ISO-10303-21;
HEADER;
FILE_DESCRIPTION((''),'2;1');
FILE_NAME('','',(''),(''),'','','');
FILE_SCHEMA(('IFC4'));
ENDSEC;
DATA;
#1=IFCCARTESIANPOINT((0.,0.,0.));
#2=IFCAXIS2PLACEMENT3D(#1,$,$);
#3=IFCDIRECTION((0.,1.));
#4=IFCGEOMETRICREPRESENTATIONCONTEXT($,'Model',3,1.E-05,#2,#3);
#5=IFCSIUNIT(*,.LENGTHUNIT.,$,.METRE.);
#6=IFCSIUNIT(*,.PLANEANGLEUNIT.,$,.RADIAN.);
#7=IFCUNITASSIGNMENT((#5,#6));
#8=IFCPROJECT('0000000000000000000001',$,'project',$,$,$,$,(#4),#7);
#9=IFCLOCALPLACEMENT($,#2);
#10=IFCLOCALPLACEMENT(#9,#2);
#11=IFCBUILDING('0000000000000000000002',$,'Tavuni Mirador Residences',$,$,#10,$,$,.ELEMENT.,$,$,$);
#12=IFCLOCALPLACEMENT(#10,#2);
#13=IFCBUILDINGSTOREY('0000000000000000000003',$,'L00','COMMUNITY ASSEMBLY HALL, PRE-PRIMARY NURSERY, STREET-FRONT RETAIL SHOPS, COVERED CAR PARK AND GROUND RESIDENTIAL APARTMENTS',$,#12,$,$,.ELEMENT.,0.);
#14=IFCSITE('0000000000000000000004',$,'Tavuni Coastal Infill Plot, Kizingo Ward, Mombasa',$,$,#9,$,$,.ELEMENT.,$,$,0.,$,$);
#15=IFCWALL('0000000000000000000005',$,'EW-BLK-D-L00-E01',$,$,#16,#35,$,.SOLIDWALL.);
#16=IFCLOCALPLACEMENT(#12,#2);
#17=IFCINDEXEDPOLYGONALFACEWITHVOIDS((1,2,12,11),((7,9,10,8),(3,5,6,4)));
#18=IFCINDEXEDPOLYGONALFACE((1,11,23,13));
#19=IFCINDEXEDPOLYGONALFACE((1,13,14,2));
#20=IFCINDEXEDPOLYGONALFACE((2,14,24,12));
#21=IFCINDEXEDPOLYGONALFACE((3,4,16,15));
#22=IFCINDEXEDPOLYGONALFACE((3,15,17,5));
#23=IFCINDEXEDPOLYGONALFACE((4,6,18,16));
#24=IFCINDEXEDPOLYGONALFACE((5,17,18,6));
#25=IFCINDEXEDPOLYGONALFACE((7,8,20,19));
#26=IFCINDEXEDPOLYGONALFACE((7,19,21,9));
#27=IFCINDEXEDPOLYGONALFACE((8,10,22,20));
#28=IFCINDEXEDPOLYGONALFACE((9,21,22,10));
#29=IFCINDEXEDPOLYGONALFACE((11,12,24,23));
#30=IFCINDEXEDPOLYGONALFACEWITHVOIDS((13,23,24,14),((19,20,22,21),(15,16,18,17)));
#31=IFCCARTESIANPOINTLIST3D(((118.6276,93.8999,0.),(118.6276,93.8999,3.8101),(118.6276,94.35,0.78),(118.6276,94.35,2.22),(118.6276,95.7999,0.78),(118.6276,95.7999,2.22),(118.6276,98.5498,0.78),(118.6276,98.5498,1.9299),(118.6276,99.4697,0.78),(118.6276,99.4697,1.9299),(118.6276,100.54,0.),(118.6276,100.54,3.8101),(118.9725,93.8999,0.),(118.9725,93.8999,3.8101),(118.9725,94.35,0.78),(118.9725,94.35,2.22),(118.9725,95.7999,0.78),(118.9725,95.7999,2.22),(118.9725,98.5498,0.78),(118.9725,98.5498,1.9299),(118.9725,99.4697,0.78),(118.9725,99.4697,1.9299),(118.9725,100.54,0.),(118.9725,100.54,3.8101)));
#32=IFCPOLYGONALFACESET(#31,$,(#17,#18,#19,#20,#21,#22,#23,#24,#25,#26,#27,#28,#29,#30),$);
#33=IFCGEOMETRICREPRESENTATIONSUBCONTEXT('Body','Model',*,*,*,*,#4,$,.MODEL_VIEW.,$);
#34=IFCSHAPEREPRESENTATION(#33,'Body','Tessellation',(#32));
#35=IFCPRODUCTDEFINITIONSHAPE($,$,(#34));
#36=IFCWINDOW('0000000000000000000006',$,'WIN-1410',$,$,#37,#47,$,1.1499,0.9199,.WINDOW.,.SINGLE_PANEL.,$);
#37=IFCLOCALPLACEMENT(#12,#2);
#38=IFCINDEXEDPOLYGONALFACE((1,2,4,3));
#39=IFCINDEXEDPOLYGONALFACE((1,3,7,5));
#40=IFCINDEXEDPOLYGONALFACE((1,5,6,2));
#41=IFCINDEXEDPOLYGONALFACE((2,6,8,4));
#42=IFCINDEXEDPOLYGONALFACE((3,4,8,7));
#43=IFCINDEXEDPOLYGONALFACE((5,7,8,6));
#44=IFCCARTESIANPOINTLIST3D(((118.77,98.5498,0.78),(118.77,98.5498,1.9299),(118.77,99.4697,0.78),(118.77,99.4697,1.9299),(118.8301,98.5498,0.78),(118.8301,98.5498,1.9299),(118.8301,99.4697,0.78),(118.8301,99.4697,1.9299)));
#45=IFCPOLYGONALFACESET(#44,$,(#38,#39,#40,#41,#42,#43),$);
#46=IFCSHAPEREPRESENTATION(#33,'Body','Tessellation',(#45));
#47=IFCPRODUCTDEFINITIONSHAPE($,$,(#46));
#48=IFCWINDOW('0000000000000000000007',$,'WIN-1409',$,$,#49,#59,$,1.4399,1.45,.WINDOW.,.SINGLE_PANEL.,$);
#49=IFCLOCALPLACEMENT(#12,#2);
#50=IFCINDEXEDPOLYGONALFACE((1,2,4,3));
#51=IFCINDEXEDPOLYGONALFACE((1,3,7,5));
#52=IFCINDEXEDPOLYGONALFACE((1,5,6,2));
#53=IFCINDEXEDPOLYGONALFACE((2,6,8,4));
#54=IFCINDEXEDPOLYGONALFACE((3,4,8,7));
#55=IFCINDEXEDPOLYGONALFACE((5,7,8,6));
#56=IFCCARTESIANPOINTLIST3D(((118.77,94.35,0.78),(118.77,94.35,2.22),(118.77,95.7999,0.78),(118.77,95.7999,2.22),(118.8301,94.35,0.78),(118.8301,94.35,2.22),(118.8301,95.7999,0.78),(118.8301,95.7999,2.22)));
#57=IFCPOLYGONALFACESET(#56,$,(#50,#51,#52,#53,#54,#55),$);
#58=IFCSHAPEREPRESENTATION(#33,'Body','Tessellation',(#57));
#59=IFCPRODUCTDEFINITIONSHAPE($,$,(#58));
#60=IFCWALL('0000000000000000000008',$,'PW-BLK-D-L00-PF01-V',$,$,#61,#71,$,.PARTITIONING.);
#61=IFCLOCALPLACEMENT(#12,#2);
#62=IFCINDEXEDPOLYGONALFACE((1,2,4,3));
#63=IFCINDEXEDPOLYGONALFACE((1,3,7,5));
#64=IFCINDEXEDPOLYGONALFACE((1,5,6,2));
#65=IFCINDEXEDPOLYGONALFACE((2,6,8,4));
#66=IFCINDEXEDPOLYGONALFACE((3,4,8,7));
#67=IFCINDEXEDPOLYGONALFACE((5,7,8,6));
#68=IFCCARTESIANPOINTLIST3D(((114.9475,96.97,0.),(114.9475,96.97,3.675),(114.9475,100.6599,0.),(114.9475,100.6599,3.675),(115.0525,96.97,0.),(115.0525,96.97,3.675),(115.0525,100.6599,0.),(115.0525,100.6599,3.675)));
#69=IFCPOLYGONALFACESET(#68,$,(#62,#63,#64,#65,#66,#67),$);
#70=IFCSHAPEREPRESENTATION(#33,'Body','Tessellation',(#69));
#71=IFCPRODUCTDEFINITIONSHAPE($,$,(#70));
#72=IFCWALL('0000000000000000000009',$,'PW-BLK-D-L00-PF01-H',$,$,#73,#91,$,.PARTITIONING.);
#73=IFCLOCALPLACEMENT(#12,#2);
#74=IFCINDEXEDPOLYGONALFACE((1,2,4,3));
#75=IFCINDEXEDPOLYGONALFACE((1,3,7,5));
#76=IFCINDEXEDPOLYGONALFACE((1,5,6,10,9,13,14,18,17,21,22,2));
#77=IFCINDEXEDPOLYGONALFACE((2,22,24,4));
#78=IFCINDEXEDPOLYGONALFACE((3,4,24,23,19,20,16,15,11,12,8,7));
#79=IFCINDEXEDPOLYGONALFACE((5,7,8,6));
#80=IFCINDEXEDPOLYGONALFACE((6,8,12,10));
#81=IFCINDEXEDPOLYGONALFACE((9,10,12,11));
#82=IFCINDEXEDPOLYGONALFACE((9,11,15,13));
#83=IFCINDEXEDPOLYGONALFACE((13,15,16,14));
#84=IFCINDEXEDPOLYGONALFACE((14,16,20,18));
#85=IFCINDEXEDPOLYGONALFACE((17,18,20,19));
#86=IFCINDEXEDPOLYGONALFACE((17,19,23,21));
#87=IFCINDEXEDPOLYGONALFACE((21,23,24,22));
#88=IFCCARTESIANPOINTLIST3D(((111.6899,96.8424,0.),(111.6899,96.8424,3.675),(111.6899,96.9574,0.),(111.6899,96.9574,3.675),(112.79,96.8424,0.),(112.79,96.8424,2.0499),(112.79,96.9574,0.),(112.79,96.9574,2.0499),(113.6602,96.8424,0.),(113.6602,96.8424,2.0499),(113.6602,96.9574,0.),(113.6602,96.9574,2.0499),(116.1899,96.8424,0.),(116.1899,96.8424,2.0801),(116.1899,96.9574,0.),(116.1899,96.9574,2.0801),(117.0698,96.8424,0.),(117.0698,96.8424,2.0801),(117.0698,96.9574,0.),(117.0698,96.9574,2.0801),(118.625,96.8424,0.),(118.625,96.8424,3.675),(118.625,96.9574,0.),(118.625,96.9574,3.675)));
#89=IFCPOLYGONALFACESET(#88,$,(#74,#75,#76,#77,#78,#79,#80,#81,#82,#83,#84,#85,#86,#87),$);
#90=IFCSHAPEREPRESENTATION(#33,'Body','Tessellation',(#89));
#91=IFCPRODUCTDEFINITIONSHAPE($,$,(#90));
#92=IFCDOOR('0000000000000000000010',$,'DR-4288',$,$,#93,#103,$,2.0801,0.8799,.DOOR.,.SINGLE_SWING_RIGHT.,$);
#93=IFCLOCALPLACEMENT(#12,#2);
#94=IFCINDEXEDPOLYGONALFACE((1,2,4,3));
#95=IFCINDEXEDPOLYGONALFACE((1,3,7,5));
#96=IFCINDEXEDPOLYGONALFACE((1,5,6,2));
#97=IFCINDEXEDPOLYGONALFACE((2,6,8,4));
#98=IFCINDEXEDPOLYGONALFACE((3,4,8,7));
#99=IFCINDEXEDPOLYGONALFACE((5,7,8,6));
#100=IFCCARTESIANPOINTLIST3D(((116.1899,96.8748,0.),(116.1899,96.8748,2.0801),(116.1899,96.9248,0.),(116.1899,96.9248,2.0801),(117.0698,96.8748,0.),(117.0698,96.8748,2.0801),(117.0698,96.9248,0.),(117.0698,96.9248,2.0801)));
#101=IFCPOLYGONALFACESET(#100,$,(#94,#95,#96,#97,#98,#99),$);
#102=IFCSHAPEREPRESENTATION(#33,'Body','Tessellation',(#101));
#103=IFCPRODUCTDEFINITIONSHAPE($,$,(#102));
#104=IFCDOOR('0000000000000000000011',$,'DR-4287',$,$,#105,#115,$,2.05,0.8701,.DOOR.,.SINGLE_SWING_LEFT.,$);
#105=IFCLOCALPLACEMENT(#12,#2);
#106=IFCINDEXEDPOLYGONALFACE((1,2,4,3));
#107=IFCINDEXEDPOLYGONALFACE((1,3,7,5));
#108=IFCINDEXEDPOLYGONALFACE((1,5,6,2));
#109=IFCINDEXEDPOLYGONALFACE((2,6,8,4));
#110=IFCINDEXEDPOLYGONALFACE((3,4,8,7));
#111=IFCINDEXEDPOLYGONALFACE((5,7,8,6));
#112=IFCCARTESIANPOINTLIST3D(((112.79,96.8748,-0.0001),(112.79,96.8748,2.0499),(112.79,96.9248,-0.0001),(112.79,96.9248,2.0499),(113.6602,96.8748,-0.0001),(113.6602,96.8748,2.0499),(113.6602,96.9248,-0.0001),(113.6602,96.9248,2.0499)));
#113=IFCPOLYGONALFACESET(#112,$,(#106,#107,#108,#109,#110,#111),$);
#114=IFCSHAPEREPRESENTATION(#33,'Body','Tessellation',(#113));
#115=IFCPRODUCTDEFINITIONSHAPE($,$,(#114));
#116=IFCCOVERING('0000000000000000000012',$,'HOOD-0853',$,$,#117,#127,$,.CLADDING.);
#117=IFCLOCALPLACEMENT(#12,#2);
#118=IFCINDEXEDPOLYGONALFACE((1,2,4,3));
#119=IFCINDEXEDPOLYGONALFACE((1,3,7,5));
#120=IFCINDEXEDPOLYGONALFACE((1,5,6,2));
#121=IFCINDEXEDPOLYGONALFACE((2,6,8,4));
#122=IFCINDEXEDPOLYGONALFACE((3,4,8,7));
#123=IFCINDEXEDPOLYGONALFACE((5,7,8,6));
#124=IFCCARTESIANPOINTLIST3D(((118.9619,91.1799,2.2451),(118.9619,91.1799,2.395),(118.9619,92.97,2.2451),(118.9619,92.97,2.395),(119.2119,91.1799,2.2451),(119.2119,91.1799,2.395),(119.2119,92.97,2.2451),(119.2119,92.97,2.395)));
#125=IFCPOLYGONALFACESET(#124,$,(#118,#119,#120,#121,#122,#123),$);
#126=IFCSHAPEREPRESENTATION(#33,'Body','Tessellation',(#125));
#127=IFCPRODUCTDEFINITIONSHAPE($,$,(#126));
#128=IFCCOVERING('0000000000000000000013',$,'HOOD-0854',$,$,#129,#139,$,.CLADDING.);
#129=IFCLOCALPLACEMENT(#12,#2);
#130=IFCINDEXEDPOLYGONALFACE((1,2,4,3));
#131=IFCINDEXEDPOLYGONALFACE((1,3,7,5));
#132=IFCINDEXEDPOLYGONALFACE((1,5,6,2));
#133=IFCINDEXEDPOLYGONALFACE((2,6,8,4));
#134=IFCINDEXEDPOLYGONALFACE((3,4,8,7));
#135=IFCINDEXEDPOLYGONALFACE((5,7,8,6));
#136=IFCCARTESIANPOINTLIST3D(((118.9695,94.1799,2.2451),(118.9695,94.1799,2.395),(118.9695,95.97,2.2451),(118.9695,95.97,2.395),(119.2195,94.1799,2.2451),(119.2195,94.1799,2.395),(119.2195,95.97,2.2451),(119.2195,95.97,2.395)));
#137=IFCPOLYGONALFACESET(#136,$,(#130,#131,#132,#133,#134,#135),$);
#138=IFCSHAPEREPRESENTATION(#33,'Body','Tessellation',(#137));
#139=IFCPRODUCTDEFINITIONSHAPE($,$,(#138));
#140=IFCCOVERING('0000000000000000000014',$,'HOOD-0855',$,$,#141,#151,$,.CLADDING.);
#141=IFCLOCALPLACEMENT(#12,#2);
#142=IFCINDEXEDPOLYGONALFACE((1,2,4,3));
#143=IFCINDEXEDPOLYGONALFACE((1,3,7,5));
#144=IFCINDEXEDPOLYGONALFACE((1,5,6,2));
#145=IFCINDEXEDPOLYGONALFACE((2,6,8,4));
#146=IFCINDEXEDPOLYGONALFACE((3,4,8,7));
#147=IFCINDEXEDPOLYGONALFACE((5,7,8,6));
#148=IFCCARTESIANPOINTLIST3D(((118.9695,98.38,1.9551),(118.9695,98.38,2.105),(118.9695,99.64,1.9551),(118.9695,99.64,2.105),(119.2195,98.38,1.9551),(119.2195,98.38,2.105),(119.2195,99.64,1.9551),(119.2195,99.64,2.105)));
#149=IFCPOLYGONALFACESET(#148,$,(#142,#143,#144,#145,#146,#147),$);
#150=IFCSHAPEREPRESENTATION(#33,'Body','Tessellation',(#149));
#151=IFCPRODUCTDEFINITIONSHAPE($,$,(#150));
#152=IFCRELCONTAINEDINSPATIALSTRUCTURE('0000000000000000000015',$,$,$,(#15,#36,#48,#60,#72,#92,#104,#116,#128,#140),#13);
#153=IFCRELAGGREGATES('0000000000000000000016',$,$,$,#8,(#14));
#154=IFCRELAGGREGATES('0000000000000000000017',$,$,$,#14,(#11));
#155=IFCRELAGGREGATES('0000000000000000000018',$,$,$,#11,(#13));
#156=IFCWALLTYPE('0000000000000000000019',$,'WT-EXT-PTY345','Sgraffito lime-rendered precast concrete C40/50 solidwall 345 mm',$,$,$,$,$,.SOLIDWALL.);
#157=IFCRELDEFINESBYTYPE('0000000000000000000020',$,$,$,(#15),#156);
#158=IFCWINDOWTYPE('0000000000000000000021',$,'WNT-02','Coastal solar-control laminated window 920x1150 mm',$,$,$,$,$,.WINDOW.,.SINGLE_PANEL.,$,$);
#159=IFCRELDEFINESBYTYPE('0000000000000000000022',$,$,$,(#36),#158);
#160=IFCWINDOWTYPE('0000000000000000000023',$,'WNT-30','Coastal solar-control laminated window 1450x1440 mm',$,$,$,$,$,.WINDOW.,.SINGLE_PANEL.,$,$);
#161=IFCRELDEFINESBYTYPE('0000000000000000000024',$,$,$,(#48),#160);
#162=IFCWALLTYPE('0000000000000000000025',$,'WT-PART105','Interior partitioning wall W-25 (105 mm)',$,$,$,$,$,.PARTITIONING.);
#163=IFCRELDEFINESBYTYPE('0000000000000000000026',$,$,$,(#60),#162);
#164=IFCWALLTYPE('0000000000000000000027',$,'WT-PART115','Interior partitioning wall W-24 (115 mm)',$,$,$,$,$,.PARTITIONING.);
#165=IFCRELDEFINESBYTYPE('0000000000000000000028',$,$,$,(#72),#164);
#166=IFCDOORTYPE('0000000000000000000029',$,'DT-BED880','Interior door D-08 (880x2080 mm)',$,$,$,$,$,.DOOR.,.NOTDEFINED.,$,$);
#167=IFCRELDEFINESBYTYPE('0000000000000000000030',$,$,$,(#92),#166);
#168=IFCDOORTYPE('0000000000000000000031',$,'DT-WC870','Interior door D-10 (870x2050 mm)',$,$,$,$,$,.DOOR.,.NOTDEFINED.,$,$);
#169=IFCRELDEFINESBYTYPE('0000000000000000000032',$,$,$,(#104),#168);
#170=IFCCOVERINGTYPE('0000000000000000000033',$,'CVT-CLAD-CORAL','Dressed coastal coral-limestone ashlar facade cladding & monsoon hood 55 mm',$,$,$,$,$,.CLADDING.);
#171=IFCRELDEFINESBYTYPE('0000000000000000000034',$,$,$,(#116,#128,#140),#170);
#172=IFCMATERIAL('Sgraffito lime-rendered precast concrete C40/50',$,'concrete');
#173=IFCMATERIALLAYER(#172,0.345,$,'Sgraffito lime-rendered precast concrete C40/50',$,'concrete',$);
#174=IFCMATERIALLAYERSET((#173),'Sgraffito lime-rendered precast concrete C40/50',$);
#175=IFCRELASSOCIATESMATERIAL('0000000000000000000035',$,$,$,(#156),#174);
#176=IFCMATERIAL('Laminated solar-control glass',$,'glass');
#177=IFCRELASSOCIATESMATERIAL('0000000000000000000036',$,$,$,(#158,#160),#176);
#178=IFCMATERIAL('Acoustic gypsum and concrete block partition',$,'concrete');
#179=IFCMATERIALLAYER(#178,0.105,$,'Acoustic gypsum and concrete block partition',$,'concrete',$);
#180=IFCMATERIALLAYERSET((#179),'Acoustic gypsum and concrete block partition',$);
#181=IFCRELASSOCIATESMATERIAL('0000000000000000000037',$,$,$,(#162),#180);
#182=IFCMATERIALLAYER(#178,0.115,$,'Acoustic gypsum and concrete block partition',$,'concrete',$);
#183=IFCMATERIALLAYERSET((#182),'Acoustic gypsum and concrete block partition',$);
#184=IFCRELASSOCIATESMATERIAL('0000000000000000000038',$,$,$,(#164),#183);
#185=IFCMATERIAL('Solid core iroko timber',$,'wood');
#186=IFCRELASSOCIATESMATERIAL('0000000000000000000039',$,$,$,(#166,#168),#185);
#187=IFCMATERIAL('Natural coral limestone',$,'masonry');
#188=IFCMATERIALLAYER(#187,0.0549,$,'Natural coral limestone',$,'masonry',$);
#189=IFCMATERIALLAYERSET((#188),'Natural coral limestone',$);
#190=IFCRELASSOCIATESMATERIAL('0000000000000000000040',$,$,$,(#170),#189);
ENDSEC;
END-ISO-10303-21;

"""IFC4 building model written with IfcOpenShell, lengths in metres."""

from ifc_helpers import new_model, si_unit, direction, frame, frame_2d, origin, origin_2d, place, context, subcontext, project, spatial, rectangle, extrude, material, layer, layer_set, type_object, element, fill, save


model = new_model("IFC4")

# Units and contexts
model_context = context("Model", 3, precision=1e-05, world=origin(), true_north=direction((0.0, 1.0)))
body_context = subcontext(model_context, "Body", "Model", "MODEL_VIEW")
ifc_project = project(units=[si_unit("LENGTHUNIT", "METRE"), si_unit("PLANEANGLEUNIT", "RADIAN")], contexts=[model_context])

# Site, building, storey
site_placement = place(None, origin())
site = spatial("IfcSite", under=ifc_project, at=site_placement, Name="Tavuni Coastal Infill Plot, Kizingo Ward, Mombasa", CompositionType="ELEMENT", RefElevation=0.0)
building_placement = place(site_placement, origin())
building = spatial("IfcBuilding", under=site, at=building_placement, Name="Tavuni Mirador Residences", CompositionType="ELEMENT")
storey_placement = place(building_placement, origin())
storey = spatial("IfcBuildingStorey", under=building, at=storey_placement, Name="L00", Description="COMMUNITY ASSEMBLY HALL, PRE-PRIMARY NURSERY, STREET-FRONT RETAIL SHOPS, COVERED CAR PARK AND GROUND RESIDENTIAL APARTMENTS", CompositionType="ELEMENT", Elevation=0.0)

# Wall, openings, windows
ifc_material_1 = material(Name="Sgraffito lime-rendered precast concrete C40/50", Category="concrete")
ifc_layer_1 = layer(ifc_material_1, 0.345, Name="Sgraffito lime-rendered precast concrete C40/50", Category="concrete")
ifc_layer_set_1 = layer_set([ifc_layer_1], Name="Sgraffito lime-rendered precast concrete C40/50")
wall_type_1 = type_object("IfcWallType", Name="WT-EXT-PTY345", Description="Sgraffito lime-rendered precast concrete C40/50 solidwall 345 mm", PredefinedType="SOLIDWALL", material=ifc_layer_set_1)
wall_1_placement = place(storey_placement, frame((118.8, 93.8999, 0.0), z_axis=(0.0, 0.0, 1.0), x_axis=(0.0, 1.0, 0.0)))
wall_1 = element("IfcWall", 1, at=wall_1_placement, inside=storey, type_object=wall_type_1, Name="EW-BLK-D-L00-E01", PredefinedType="SOLIDWALL", context=body_context, shape_type="SweptSolid", body=[
    extrude(rectangle(XDim=6.6401, YDim=0.345, at=frame_2d((3.3201, 0.0))), origin(), (0.0, 0.0, 1.0), 3.8101),
])
opening_1_placement = place(wall_1_placement, frame((0.45, 0.0, 0.78)))
opening_1 = element("IfcOpeningElement", 2, at=opening_1_placement, cuts=wall_1, PredefinedType="OPENING", context=body_context, shape_type="SweptSolid", body=[
    extrude(rectangle(XDim=1.45, YDim=1.4399, at=frame_2d((0.7251, 0.72))), frame((0.0, 0.1826, 0.0), z_axis=(0.0, -1.0, 0.0), x_axis=(1.0, 0.0, 0.0)), (0.0, 0.0, 1.0), 0.365),
])
opening_2_placement = place(wall_1_placement, frame((4.6499, 0.0, 0.78)))
opening_2 = element("IfcOpeningElement", 3, at=opening_2_placement, cuts=wall_1, PredefinedType="OPENING", context=body_context, shape_type="SweptSolid", body=[
    extrude(rectangle(XDim=0.9199, YDim=1.1499, at=frame_2d((0.46, 0.575))), frame((0.0, 0.1826, 0.0), z_axis=(0.0, -1.0, 0.0), x_axis=(1.0, 0.0, 0.0)), (0.0, 0.0, 1.0), 0.365),
])
ifc_material_2 = material(Name="Laminated solar-control glass", Category="glass")
window_type_1 = type_object("IfcWindowType", Name="WNT-02", Description="Coastal solar-control laminated window 920x1150 mm", PartitioningType="SINGLE_PANEL", PredefinedType="WINDOW", material=ifc_material_2)
window_1_placement = place(opening_2_placement, origin())
window_1 = element("IfcWindow", 4, at=window_1_placement, inside=storey, type_object=window_type_1, Name="WIN-1410", OverallHeight=1.1499, OverallWidth=0.9199, PartitioningType="SINGLE_PANEL", PredefinedType="WINDOW", context=body_context, shape_type="SweptSolid", body=[
    extrude(rectangle(XDim=0.9199, YDim=1.1499, at=frame_2d((0.46, 0.575))), frame((0.0, 0.03, 0.0), z_axis=(0.0, -1.0, 0.0), x_axis=(1.0, 0.0, 0.0)), (0.0, 0.0, 1.0), 0.0601),
])
fill(opening_2, window_1)
window_type_2 = type_object("IfcWindowType", Name="WNT-30", Description="Coastal solar-control laminated window 1450x1440 mm", PartitioningType="SINGLE_PANEL", PredefinedType="WINDOW", material=ifc_material_2)
window_2_placement = place(opening_1_placement, origin())
window_2 = element("IfcWindow", 5, at=window_2_placement, inside=storey, type_object=window_type_2, Name="WIN-1409", OverallHeight=1.4399, OverallWidth=1.45, PartitioningType="SINGLE_PANEL", PredefinedType="WINDOW", context=body_context, shape_type="SweptSolid", body=[
    extrude(rectangle(XDim=1.45, YDim=1.4399, at=frame_2d((0.7251, 0.72))), frame((0.0, 0.03, 0.0), z_axis=(0.0, -1.0, 0.0), x_axis=(1.0, 0.0, 0.0)), (0.0, 0.0, 1.0), 0.0601),
])
fill(opening_1, window_2)

# Wall
ifc_material_3 = material(Name="Acoustic gypsum and concrete block partition", Category="concrete")
ifc_layer_2 = layer(ifc_material_3, 0.105, Name="Acoustic gypsum and concrete block partition", Category="concrete")
ifc_layer_set_2 = layer_set([ifc_layer_2], Name="Acoustic gypsum and concrete block partition")
wall_type_2 = type_object("IfcWallType", Name="WT-PART105", Description="Interior partitioning wall W-25 (105 mm)", PredefinedType="PARTITIONING", material=ifc_layer_set_2)
wall_2_placement = place(storey_placement, frame((115.0, 96.97, 0.0), z_axis=(0.0, 0.0, 1.0), x_axis=(0.0, 1.0, 0.0)))
element("IfcWall", 6, at=wall_2_placement, inside=storey, type_object=wall_type_2, Name="PW-BLK-D-L00-PF01-V", PredefinedType="PARTITIONING", context=body_context, shape_type="SweptSolid", body=[
    extrude(rectangle(XDim=3.6899, YDim=0.105, at=frame_2d((1.845, 0.0))), origin(), (0.0, 0.0, 1.0), 3.675),
])

# Wall, openings, doors
ifc_layer_3 = layer(ifc_material_3, 0.115, Name="Acoustic gypsum and concrete block partition", Category="concrete")
ifc_layer_set_3 = layer_set([ifc_layer_3], Name="Acoustic gypsum and concrete block partition")
wall_type_3 = type_object("IfcWallType", Name="WT-PART115", Description="Interior partitioning wall W-24 (115 mm)", PredefinedType="PARTITIONING", material=ifc_layer_set_3)
wall_3_placement = place(storey_placement, frame((111.6899, 96.8999, 0.0), z_axis=(0.0, 0.0, 1.0), x_axis=(1.0, 0.0, 0.0)))
wall_3 = element("IfcWall", 7, at=wall_3_placement, inside=storey, type_object=wall_type_3, Name="PW-BLK-D-L00-PF01-H", PredefinedType="PARTITIONING", context=body_context, shape_type="SweptSolid", body=[
    extrude(rectangle(XDim=6.9351, YDim=0.115, at=frame_2d((3.4675, 0.0))), origin(), (0.0, 0.0, 1.0), 3.675),
])
opening_3_placement = place(wall_3_placement, frame((1.1001, 0.0, 0.0)))
opening_3 = element("IfcOpeningElement", 8, at=opening_3_placement, cuts=wall_3, PredefinedType="OPENING", context=body_context, shape_type="SweptSolid", body=[
    extrude(rectangle(XDim=0.8701, YDim=2.05, at=frame_2d((0.4351, 1.0249))), frame((0.0, 0.0674, 0.0), z_axis=(0.0, -1.0, 0.0), x_axis=(1.0, 0.0, 0.0)), (0.0, 0.0, 1.0), 0.135),
])
opening_4_placement = place(wall_3_placement, frame((4.5, 0.0, 0.0)))
opening_4 = element("IfcOpeningElement", 9, at=opening_4_placement, cuts=wall_3, PredefinedType="OPENING", context=body_context, shape_type="SweptSolid", body=[
    extrude(rectangle(XDim=0.8799, YDim=2.0801, at=frame_2d((0.4399, 1.04))), frame((0.0, 0.0674, 0.0), z_axis=(0.0, -1.0, 0.0), x_axis=(1.0, 0.0, 0.0)), (0.0, 0.0, 1.0), 0.135),
])
ifc_material_4 = material(Name="Solid core iroko timber", Category="wood")
door_type_1 = type_object("IfcDoorType", Name="DT-BED880", Description="Interior door D-08 (880x2080 mm)", OperationType="NOTDEFINED", PredefinedType="DOOR", material=ifc_material_4)
door_1_placement = place(opening_4_placement, origin())
door_1 = element("IfcDoor", 10, at=door_1_placement, inside=storey, type_object=door_type_1, Name="DR-4288", OperationType="SINGLE_SWING_RIGHT", OverallHeight=2.0801, OverallWidth=0.8799, PredefinedType="DOOR", context=body_context, shape_type="SweptSolid", body=[
    extrude(rectangle(XDim=0.8799, YDim=2.0801, at=frame_2d((0.4399, 1.04))), frame((0.0, 0.0249, 0.0), z_axis=(0.0, -1.0, 0.0), x_axis=(1.0, 0.0, 0.0)), (0.0, 0.0, 1.0), 0.05),
])
fill(opening_4, door_1)
door_type_2 = type_object("IfcDoorType", Name="DT-WC870", Description="Interior door D-10 (870x2050 mm)", OperationType="NOTDEFINED", PredefinedType="DOOR", material=ifc_material_4)
door_2_placement = place(opening_3_placement, origin())
door_2 = element("IfcDoor", 11, at=door_2_placement, inside=storey, type_object=door_type_2, Name="DR-4287", OperationType="SINGLE_SWING_LEFT", OverallHeight=2.05, OverallWidth=0.8701, PredefinedType="DOOR", context=body_context, shape_type="SweptSolid", body=[
    extrude(rectangle(XDim=0.8701, YDim=2.05, at=frame_2d((0.4351, 1.0249))), frame((0.0, 0.0249, 0.0), z_axis=(0.0, -1.0, 0.0), x_axis=(1.0, 0.0, 0.0)), (0.0, 0.0, 1.0), 0.05),
])
fill(opening_3, door_2)

# Coverings
ifc_material_5 = material(Name="Natural coral limestone", Category="masonry")
ifc_layer_4 = layer(ifc_material_5, 0.0549, Name="Natural coral limestone", Category="masonry")
ifc_layer_set_4 = layer_set([ifc_layer_4], Name="Natural coral limestone")
covering_type = type_object("IfcCoveringType", Name="CVT-CLAD-CORAL", Description="Dressed coastal coral-limestone ashlar facade cladding & monsoon hood 55 mm", PredefinedType="CLADDING", material=ifc_layer_set_4)
for number, where, z_axis, x_axis, name in (
    (12, (119.0869, 92.075, 2.2451), (0.0, 0.0, 1.0), (0.0, 1.0, 0.0), "HOOD-0853"),
    (13, (119.0945, 95.075, 2.2451), (0.0, 0.0, 1.0), (0.0, 1.0, 0.0), "HOOD-0854"),
):
    element("IfcCovering", number, at=place(storey_placement, frame(where, z_axis=z_axis, x_axis=x_axis)), inside=storey, type_object=covering_type, Name=name, PredefinedType="CLADDING", context=body_context, shape_type="SweptSolid", body=[
        extrude(rectangle(XDim=1.79, YDim=0.25, at=origin_2d()), origin(), (0.0, 0.0, 1.0), 0.1499),
    ])
covering_placement = place(storey_placement, frame((119.0945, 99.01, 1.9551), z_axis=(0.0, 0.0, 1.0), x_axis=(0.0, 1.0, 0.0)))
element("IfcCovering", 14, at=covering_placement, inside=storey, type_object=covering_type, Name="HOOD-0855", PredefinedType="CLADDING", context=body_context, shape_type="SweptSolid", body=[
    extrude(rectangle(XDim=1.26, YDim=0.25, at=origin_2d()), origin(), (0.0, 0.0, 1.0), 0.1499),
])

save(model, "model.ifc")
